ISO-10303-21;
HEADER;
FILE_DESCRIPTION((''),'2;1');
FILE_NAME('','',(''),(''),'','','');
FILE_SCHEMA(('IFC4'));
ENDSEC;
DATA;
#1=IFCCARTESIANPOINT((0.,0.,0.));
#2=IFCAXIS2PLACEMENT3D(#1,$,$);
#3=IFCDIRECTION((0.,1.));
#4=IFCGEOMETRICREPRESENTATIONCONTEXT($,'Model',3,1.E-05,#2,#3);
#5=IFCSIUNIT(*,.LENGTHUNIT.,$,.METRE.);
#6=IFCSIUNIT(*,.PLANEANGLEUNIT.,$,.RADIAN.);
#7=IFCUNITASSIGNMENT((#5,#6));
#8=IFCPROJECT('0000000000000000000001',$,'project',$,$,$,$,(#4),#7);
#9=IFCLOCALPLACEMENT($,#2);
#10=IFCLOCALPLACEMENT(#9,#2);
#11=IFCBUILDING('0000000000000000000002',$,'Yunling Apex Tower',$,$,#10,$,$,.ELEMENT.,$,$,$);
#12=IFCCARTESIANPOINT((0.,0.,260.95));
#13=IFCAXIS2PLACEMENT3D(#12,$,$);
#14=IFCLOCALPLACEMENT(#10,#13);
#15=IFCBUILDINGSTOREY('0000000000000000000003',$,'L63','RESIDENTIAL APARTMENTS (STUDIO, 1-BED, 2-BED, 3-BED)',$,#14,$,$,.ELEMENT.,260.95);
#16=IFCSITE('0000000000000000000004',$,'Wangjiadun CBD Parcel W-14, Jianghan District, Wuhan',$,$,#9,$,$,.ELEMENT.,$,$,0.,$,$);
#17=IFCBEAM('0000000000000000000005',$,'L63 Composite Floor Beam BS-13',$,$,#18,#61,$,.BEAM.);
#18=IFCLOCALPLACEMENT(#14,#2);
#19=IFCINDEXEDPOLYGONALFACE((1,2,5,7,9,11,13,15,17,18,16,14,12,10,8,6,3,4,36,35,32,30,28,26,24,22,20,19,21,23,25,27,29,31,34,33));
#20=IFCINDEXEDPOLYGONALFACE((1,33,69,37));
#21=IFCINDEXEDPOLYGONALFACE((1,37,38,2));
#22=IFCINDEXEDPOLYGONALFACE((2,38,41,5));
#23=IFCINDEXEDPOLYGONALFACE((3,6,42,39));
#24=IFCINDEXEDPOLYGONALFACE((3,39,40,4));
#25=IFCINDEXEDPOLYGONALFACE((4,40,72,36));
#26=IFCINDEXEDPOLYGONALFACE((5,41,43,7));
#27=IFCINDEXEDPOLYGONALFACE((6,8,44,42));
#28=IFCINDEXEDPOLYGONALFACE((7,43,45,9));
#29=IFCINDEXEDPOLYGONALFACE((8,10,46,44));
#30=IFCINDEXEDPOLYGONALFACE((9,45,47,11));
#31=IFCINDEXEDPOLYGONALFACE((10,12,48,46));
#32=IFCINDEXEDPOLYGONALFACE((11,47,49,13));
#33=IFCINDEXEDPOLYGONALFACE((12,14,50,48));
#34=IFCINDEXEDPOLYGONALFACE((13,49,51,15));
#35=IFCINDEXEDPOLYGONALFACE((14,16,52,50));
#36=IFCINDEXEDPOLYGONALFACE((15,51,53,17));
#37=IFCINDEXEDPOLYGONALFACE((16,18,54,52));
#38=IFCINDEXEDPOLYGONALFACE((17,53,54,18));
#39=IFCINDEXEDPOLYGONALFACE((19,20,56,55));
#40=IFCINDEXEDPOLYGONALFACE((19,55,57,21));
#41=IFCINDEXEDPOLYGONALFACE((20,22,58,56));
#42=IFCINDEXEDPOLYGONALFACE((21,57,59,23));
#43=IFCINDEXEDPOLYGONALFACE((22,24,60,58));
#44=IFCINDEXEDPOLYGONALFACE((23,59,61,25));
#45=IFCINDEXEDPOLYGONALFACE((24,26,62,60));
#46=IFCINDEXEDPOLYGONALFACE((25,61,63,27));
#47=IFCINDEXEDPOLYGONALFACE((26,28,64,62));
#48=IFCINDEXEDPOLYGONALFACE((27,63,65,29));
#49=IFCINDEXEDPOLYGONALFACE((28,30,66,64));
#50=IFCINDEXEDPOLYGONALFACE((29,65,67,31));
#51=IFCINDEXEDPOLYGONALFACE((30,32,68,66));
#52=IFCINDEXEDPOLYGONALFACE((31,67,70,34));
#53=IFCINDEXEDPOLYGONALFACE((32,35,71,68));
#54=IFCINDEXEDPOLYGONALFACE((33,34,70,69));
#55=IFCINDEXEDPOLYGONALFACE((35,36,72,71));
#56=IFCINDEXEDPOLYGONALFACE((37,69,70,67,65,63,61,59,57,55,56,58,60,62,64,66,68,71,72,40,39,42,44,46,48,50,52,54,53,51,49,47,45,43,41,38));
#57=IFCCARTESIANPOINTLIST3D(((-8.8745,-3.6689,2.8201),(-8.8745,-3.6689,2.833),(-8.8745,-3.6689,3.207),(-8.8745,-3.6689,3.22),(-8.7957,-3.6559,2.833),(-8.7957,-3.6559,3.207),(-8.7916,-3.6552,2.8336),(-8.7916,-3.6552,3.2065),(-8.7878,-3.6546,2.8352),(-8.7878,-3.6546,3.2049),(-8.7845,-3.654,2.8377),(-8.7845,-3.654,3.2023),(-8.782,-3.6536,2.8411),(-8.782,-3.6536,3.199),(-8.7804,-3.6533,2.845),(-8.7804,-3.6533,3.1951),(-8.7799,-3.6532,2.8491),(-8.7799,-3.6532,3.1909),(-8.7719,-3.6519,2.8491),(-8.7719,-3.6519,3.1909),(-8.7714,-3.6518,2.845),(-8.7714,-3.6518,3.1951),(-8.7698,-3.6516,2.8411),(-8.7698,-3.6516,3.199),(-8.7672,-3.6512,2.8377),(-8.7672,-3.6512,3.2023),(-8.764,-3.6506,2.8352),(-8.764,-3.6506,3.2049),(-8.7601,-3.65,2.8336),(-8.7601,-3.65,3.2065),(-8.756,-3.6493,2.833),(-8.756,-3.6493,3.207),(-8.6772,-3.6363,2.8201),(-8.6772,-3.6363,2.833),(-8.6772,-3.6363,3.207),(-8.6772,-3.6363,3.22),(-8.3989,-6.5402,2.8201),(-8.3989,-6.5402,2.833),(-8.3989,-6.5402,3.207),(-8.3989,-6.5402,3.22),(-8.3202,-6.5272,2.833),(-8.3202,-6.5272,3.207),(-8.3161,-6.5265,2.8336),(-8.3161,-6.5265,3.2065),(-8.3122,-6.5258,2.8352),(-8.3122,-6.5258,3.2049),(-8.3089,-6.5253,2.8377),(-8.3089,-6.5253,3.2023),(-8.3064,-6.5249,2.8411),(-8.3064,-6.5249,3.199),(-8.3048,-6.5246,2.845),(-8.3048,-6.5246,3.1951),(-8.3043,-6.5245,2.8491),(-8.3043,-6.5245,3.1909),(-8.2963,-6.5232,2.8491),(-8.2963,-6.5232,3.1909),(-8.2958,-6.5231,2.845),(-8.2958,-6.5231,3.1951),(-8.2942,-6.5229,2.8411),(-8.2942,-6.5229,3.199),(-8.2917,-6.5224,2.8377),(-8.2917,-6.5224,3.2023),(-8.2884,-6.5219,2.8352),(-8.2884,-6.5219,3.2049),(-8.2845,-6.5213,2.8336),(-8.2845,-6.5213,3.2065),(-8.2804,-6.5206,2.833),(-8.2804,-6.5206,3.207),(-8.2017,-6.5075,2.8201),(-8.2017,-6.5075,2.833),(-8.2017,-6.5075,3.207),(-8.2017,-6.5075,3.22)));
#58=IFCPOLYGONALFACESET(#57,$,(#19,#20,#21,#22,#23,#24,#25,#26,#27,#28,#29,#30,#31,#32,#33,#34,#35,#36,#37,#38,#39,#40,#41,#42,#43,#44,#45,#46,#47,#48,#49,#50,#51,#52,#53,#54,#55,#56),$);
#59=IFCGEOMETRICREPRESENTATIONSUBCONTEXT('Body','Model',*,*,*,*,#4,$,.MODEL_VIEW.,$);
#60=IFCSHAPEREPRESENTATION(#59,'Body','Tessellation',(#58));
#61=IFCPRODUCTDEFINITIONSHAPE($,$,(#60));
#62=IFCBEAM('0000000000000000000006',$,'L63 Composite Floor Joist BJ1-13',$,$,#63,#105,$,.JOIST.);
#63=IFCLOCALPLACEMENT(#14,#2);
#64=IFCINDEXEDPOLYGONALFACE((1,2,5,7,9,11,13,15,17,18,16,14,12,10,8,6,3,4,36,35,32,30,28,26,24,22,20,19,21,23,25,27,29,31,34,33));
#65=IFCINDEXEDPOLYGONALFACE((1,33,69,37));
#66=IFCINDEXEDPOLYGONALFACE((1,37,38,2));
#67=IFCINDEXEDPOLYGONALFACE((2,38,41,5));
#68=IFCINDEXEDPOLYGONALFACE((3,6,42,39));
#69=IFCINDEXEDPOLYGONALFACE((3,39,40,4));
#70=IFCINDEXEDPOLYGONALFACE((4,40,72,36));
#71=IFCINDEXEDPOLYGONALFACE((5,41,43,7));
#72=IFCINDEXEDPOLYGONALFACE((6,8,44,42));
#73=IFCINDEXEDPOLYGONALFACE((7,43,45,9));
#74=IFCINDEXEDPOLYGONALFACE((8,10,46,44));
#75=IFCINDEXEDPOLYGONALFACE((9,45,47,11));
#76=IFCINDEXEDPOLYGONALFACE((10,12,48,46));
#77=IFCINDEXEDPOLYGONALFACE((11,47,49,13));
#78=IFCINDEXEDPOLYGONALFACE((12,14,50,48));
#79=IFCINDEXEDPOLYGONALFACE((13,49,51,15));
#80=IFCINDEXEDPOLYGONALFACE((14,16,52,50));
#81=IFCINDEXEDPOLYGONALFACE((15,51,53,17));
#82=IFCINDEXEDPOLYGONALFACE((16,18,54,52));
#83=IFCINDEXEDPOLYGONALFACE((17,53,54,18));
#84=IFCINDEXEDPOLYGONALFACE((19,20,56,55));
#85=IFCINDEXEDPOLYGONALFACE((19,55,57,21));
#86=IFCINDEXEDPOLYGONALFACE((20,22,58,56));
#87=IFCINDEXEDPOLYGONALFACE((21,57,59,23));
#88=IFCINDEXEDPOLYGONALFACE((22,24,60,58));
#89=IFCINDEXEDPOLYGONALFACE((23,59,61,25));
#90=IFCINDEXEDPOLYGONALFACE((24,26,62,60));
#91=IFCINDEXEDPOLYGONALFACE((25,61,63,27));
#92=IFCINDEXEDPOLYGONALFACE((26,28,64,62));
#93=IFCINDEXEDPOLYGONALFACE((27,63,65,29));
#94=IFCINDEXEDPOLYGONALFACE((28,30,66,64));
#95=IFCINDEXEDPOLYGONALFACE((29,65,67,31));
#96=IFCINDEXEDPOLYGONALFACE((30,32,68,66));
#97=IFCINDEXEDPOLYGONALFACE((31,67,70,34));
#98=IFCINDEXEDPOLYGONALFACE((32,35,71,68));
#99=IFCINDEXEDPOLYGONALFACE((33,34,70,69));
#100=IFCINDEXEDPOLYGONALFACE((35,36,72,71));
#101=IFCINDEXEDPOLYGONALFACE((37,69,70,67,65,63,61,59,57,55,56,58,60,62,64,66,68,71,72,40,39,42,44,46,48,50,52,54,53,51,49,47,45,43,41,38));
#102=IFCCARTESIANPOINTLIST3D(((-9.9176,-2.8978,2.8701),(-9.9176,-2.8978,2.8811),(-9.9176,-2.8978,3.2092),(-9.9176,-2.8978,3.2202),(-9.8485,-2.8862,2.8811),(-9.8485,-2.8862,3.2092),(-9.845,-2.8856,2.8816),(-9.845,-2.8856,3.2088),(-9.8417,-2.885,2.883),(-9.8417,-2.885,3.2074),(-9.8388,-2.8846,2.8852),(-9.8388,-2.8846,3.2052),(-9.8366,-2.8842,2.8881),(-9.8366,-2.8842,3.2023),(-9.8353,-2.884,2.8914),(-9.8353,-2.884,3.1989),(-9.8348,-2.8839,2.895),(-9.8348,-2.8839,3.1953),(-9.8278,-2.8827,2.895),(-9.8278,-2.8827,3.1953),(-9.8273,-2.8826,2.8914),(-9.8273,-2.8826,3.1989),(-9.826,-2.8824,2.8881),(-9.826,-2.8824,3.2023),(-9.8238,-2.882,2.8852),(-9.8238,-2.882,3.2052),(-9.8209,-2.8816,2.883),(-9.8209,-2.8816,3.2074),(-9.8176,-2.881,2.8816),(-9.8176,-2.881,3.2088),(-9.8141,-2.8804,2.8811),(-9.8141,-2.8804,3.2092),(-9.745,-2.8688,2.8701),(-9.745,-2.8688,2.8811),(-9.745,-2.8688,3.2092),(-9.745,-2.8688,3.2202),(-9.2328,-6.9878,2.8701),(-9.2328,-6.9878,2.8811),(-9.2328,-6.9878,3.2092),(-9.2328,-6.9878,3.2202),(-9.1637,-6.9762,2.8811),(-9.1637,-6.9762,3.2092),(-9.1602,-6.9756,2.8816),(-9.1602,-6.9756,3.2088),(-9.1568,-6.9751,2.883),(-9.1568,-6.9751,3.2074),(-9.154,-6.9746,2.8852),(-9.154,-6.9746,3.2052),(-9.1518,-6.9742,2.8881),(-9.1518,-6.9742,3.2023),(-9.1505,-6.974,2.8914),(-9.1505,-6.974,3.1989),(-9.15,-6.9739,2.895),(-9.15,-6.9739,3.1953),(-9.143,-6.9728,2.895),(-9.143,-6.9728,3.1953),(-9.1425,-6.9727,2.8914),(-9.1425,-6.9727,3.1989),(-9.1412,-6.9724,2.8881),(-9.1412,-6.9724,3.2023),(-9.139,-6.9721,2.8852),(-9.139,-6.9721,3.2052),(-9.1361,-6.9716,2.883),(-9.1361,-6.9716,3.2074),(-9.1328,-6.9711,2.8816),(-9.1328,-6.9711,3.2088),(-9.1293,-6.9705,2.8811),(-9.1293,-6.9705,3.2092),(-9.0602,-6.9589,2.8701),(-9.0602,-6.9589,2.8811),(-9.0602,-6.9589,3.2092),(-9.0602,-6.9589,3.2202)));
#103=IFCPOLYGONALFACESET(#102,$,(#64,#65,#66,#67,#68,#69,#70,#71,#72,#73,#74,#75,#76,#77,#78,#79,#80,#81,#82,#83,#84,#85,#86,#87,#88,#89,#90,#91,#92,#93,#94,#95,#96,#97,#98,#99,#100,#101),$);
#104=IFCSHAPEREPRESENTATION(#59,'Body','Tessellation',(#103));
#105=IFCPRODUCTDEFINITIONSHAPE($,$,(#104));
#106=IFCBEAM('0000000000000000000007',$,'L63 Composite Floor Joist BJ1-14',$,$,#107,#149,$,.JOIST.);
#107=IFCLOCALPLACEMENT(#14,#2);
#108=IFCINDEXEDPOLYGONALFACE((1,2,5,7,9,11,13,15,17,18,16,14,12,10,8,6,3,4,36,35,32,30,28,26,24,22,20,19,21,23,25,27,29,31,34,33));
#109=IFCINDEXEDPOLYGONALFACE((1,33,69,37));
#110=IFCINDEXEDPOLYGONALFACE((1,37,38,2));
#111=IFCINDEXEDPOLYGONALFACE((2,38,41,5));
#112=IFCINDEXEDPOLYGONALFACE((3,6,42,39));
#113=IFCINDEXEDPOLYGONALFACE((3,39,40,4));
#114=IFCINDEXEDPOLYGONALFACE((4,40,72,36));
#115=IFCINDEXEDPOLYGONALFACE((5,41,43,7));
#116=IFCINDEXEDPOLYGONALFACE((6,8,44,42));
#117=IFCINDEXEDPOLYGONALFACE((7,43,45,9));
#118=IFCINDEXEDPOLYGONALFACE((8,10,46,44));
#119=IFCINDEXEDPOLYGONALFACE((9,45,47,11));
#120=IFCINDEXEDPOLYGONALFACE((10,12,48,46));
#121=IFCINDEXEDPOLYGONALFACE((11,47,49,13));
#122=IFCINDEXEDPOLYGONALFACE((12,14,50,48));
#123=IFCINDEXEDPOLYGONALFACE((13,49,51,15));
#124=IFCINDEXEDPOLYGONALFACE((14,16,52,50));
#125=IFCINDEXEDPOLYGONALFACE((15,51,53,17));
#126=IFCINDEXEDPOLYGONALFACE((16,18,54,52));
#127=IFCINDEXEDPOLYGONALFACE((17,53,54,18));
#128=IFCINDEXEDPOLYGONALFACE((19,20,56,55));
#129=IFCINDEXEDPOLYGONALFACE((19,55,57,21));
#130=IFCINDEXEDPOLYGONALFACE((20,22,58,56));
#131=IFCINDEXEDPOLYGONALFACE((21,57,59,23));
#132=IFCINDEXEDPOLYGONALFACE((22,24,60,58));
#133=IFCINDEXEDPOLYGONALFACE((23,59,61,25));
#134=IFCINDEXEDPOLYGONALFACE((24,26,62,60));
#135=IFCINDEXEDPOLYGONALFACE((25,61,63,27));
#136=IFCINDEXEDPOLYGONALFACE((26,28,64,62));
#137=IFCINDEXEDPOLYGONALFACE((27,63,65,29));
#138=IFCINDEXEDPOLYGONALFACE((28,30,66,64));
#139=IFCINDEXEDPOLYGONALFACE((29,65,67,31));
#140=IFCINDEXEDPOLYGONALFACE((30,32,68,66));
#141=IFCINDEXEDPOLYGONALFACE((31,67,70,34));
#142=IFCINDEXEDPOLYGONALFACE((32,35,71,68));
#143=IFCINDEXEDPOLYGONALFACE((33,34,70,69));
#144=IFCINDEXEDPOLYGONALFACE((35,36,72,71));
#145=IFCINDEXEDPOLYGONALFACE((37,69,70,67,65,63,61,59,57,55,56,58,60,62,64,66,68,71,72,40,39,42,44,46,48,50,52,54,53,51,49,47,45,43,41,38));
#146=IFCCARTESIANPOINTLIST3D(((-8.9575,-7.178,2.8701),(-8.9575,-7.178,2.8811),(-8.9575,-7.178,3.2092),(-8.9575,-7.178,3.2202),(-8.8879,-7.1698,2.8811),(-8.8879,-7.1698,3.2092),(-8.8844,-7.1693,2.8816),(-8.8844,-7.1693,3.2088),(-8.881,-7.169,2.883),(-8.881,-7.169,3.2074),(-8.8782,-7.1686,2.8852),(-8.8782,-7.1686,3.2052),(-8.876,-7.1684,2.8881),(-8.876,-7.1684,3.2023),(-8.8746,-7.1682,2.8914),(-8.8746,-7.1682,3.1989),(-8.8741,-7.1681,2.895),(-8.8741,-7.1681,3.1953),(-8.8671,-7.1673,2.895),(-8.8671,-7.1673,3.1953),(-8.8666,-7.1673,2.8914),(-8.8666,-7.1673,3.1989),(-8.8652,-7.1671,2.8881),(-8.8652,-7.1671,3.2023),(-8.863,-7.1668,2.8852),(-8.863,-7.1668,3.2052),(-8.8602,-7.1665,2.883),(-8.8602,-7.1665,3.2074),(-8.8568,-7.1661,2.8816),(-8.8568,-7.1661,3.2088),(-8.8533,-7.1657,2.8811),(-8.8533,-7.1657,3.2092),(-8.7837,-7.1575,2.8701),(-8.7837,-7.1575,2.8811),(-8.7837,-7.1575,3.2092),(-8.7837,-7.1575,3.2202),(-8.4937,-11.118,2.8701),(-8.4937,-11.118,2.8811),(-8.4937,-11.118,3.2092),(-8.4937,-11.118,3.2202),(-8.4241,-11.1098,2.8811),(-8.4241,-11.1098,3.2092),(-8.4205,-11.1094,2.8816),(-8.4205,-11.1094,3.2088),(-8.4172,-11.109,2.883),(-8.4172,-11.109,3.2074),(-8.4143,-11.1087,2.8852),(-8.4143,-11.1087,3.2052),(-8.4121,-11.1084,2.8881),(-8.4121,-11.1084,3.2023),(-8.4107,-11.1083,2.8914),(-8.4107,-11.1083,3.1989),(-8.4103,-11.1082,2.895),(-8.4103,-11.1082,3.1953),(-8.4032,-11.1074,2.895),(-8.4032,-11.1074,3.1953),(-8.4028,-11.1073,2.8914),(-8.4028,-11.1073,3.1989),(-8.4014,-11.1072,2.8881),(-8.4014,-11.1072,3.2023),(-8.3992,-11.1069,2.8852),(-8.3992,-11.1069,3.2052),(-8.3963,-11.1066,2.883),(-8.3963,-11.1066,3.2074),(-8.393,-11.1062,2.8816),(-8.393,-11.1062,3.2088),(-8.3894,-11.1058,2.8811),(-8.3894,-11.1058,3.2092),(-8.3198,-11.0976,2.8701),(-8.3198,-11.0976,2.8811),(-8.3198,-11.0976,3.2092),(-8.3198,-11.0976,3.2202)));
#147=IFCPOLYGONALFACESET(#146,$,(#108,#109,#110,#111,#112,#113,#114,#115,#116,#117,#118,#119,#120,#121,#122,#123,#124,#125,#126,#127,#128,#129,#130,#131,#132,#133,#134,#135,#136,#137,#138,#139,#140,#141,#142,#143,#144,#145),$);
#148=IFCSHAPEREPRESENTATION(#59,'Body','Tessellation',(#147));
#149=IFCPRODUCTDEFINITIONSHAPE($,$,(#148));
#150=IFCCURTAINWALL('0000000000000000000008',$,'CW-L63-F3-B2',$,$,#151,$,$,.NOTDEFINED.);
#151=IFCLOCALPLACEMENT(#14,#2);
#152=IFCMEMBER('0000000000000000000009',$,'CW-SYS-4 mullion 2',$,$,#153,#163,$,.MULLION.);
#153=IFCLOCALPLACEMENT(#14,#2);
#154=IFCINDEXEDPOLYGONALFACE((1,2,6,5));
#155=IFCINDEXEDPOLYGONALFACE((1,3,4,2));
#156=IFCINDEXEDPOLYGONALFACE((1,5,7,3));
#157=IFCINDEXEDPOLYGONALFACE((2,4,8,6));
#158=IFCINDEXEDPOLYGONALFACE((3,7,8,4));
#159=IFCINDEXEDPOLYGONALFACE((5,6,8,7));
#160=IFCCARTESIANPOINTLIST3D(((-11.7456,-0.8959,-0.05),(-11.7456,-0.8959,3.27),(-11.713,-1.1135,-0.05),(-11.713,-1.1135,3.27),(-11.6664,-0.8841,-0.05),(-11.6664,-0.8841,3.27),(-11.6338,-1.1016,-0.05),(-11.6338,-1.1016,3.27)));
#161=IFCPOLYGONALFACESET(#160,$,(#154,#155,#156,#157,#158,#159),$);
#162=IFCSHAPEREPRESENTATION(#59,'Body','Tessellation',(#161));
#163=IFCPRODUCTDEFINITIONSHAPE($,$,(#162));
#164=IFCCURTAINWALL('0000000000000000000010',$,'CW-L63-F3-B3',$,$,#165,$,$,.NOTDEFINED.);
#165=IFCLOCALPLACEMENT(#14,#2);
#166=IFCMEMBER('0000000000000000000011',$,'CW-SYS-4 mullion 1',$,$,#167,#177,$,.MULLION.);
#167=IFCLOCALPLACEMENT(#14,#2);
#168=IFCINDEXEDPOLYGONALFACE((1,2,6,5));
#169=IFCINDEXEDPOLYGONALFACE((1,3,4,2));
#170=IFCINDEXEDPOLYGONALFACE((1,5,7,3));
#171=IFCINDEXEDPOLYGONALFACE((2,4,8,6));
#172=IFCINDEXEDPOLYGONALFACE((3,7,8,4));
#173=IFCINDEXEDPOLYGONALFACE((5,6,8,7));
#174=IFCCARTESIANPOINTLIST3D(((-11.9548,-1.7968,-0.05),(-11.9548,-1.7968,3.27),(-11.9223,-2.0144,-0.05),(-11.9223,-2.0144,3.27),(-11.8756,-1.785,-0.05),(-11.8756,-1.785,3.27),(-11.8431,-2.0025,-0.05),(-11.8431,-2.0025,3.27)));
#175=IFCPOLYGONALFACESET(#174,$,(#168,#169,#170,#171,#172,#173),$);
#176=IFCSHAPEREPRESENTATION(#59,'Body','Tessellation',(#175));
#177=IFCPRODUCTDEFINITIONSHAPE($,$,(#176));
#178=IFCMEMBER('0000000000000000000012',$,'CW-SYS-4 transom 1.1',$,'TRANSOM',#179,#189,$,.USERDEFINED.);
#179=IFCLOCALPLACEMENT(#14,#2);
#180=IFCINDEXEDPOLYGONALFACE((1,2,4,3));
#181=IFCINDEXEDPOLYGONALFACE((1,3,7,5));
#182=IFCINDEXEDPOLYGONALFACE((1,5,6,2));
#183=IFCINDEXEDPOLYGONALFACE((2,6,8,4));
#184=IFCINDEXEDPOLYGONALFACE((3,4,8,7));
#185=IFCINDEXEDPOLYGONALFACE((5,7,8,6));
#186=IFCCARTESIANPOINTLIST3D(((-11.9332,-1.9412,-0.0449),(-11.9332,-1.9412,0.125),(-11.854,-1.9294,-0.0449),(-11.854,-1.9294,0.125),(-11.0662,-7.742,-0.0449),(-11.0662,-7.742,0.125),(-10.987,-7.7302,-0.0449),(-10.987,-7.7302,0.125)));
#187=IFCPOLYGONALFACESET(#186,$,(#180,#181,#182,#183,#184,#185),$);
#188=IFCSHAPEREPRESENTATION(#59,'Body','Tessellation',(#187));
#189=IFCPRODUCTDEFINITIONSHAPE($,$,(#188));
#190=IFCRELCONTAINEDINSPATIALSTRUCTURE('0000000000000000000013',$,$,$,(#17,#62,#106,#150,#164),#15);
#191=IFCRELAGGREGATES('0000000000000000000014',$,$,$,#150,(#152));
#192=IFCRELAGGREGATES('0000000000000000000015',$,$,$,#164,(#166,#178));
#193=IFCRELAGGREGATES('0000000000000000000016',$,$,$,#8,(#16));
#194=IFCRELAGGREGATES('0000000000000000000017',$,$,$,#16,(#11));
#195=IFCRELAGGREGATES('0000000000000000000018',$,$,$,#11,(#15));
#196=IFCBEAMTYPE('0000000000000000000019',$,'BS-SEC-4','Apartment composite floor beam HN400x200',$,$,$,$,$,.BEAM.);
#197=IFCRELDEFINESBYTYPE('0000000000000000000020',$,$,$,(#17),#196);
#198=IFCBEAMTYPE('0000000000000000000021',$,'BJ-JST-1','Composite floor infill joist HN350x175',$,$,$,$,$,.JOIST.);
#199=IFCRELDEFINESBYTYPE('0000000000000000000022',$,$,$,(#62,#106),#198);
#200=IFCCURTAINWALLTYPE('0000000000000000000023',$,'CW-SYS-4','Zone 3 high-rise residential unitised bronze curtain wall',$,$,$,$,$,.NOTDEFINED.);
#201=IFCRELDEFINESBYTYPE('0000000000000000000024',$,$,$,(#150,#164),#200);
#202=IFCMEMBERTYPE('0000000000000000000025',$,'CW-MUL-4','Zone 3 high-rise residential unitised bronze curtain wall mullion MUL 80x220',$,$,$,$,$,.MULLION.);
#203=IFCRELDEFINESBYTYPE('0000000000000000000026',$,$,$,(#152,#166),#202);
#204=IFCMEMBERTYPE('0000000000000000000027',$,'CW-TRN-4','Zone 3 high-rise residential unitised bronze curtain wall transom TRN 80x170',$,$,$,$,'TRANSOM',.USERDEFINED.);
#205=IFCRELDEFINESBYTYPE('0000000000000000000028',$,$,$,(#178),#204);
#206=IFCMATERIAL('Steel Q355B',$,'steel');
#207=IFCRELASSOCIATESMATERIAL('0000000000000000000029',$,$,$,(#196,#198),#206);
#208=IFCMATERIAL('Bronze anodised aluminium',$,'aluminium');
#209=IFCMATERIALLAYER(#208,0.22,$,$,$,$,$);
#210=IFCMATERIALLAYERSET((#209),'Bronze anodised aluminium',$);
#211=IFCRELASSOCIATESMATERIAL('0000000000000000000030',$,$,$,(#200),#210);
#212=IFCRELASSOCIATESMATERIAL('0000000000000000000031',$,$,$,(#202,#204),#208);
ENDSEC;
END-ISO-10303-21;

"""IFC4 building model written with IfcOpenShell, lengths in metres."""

from ifc_helpers import new_model, si_unit, direction, frame, origin, origin_2d, place, context, subcontext, project, spatial, rectangle, i_section, extrude, source, transform, mapped, material, layer, layer_set, material_profile, profile_set, type_object, element, aggregate, save


model = new_model("IFC4")

# Units and contexts
model_context = context("Model", 3, precision=1e-05, world=origin(), true_north=direction((0.0, 1.0)))
body_context = subcontext(model_context, "Body", "Model", "MODEL_VIEW")
ifc_project = project(units=[si_unit("LENGTHUNIT", "METRE"), si_unit("PLANEANGLEUNIT", "RADIAN")], contexts=[model_context])

# Site, building, storey
site_placement = place(None, origin())
site = spatial("IfcSite", under=ifc_project, at=site_placement, Name="Wangjiadun CBD Parcel W-14, Jianghan District, Wuhan", CompositionType="ELEMENT", RefElevation=0.0)
building_placement = place(site_placement, origin())
building = spatial("IfcBuilding", under=site, at=building_placement, Name="Yunling Apex Tower", CompositionType="ELEMENT")
storey_placement = place(building_placement, frame((0.0, 0.0, 260.95)))
storey = spatial("IfcBuildingStorey", under=building, at=storey_placement, Name="L63", Description="RESIDENTIAL APARTMENTS (STUDIO, 1-BED, 2-BED, 3-BED)", CompositionType="ELEMENT", Elevation=260.95)

# Shared definitions
ifc_material_1 = material(Name="Steel Q355B", Category="steel")

# Beams
ifc_material_profile_1 = material_profile(ifc_material_1, i_section(OverallWidth=0.2, OverallDepth=0.3999, WebThickness=0.0081, FlangeThickness=0.0129, FilletRadius=0.0161, at=origin_2d()))
ifc_profile_set_1 = profile_set([ifc_material_profile_1], Name="Steel Q355B")
beam_type_1 = type_object("IfcBeamType", Name="BS-SEC-4", Description="Apartment composite floor beam HN400x200", PredefinedType="BEAM", material=ifc_profile_set_1)
shared_shape_1 = source(origin(), body_context, "Body", "SweptSolid", [
    extrude(i_section(OverallWidth=0.2, OverallDepth=0.3999, WebThickness=0.0081, FlangeThickness=0.0129, FilletRadius=0.0161, at=origin_2d()), origin(), (0.0, 0.0, 1.0), 2.9104),
])
beam_1_placement = place(storey_placement, frame((-8.7759, -3.6526, 3.02), z_axis=(0.163406, -0.986559, 0.0), x_axis=(0.986559, 0.163406, 0.0)))
element("IfcBeam", 1, at=beam_1_placement, inside=storey, type_object=beam_type_1, Name="L63 Composite Floor Beam BS-13", PredefinedType="BEAM", context=body_context, shape_type="MappedRepresentation", body=[
    mapped(shared_shape_1, transform((0.0, 0.0, 0.0), scale=1.0)),
])
ifc_material_profile_2 = material_profile(ifc_material_1, i_section(OverallWidth=0.175, OverallDepth=0.3501, WebThickness=0.0071, FlangeThickness=0.011, FilletRadius=0.0139, at=origin_2d()))
ifc_profile_set_2 = profile_set([ifc_material_profile_2], Name="Steel Q355B")
beam_type_2 = type_object("IfcBeamType", Name="BJ-JST-1", Description="Composite floor infill joist HN350x175", PredefinedType="JOIST", material=ifc_profile_set_2)
shared_shape_2 = source(origin(), body_context, "Body", "SweptSolid", [
    extrude(i_section(OverallWidth=0.175, OverallDepth=0.3501, WebThickness=0.0071, FlangeThickness=0.011, FilletRadius=0.0139, at=origin_2d()), origin(), (0.0, 0.0, 1.0), 4.147),
])
beam_2_placement = place(storey_placement, frame((-9.8313, -2.8833, 3.0452), z_axis=(0.165134, -0.986271, 0.0), x_axis=(0.986271, 0.165134, 0.0)))
element("IfcBeam", 2, at=beam_2_placement, inside=storey, type_object=beam_type_2, Name="L63 Composite Floor Joist BJ1-13", PredefinedType="JOIST", context=body_context, shape_type="MappedRepresentation", body=[
    mapped(shared_shape_2, transform((0.0, 0.0, 0.0), scale=1.0)),
])
shared_shape_3 = source(origin(), body_context, "Body", "SweptSolid", [
    extrude(i_section(OverallWidth=0.175, OverallDepth=0.3501, WebThickness=0.0071, FlangeThickness=0.011, FilletRadius=0.0139, at=origin_2d()), origin(), (0.0, 0.0, 1.0), 3.9673),
])
beam_3_placement = place(storey_placement, frame((-8.8706, -7.1677, 3.0452), z_axis=(0.11692, -0.993141, 0.0), x_axis=(0.993141, 0.11692, 0.0)))
element("IfcBeam", 3, at=beam_3_placement, inside=storey, type_object=beam_type_2, Name="L63 Composite Floor Joist BJ1-14", PredefinedType="JOIST", context=body_context, shape_type="MappedRepresentation", body=[
    mapped(shared_shape_3, transform((0.0, 0.0, 0.0), scale=1.0)),
])

# Curtain wall, member
ifc_material_2 = material(Name="Bronze anodised aluminium", Category="aluminium")
ifc_layer_1 = layer(ifc_material_2, 0.22)
ifc_layer_set_1 = layer_set([ifc_layer_1], Name="Bronze anodised aluminium")
curtain_wall_type = type_object("IfcCurtainWallType", Name="CW-SYS-4", Description="Zone 3 high-rise residential unitised bronze curtain wall", PredefinedType="NOTDEFINED", material=ifc_layer_set_1)
curtain_wall_1_placement = place(storey_placement, origin())
curtain_wall_1 = element("IfcCurtainWall", 4, at=curtain_wall_1_placement, inside=storey, type_object=curtain_wall_type, Name="CW-L63-F3-B2", PredefinedType="NOTDEFINED")
ifc_material_profile_3 = material_profile(ifc_material_2, rectangle(XDim=0.0801, YDim=0.22, at=origin_2d()))
ifc_profile_set_3 = profile_set([ifc_material_profile_3], Name="Bronze anodised aluminium")
member_type_1 = type_object("IfcMemberType", Name="CW-MUL-4", Description="Zone 3 high-rise residential unitised bronze curtain wall mullion MUL 80x220", PredefinedType="MULLION", material=ifc_profile_set_3)
shared_shape_4 = source(origin(), body_context, "Body", "SweptSolid", [
    extrude(rectangle(XDim=0.0801, YDim=0.22, at=origin_2d()), origin(), (0.0, 0.0, 1.0), 3.3201),
])
member_1_placement = place(storey_placement, frame((-11.6897, -0.9988, -0.05), z_axis=(0.0, 0.0, 1.0), x_axis=(0.989017, 0.147804, 0.0)))
member_1 = element("IfcMember", 5, at=member_1_placement, type_object=member_type_1, Name="CW-SYS-4 mullion 2", PredefinedType="MULLION", context=body_context, shape_type="MappedRepresentation", body=[
    mapped(shared_shape_4, transform((0.0, 0.0, 0.0), scale=1.0)),
])
aggregate(curtain_wall_1, [member_1])

# Curtain wall, members
curtain_wall_2_placement = place(storey_placement, origin())
curtain_wall_2 = element("IfcCurtainWall", 6, at=curtain_wall_2_placement, inside=storey, type_object=curtain_wall_type, Name="CW-L63-F3-B3", PredefinedType="NOTDEFINED")
member_2_placement = place(storey_placement, frame((-11.8989, -1.8997, -0.05), z_axis=(0.0, 0.0, 1.0), x_axis=(0.989016, 0.147807, 0.0)))
member_2 = element("IfcMember", 7, at=member_2_placement, type_object=member_type_1, Name="CW-SYS-4 mullion 1", PredefinedType="MULLION", context=body_context, shape_type="MappedRepresentation", body=[
    mapped(shared_shape_4, transform((0.0, 0.0, 0.0), scale=1.0)),
])
ifc_material_profile_4 = material_profile(ifc_material_2, rectangle(XDim=0.0801, YDim=0.1699, at=origin_2d()))
ifc_profile_set_4 = profile_set([ifc_material_profile_4], Name="Bronze anodised aluminium")
member_type_2 = type_object("IfcMemberType", Name="CW-TRN-4", Description="Zone 3 high-rise residential unitised bronze curtain wall transom TRN 80x170", ElementType="TRANSOM", PredefinedType="USERDEFINED", material=ifc_profile_set_4)
shared_shape_5 = source(origin(), body_context, "Body", "SweptSolid", [
    extrude(rectangle(XDim=0.0801, YDim=0.1699, at=origin_2d()), origin(), (0.0, 0.0, 1.0), 5.8652),
])
member_3_placement = place(storey_placement, frame((-11.8936, -1.9353, 0.04), z_axis=(0.147811, -0.989016, 0.0), x_axis=(0.989016, 0.147811, 0.0)))
member_3 = element("IfcMember", 8, at=member_3_placement, type_object=member_type_2, Name="CW-SYS-4 transom 1.1", ObjectType="TRANSOM", PredefinedType="USERDEFINED", context=body_context, shape_type="MappedRepresentation", body=[
    mapped(shared_shape_5, transform((0.0, 0.0, 0.0), scale=1.0)),
])
aggregate(curtain_wall_2, [member_2, member_3])

save(model, "model.ifc")
